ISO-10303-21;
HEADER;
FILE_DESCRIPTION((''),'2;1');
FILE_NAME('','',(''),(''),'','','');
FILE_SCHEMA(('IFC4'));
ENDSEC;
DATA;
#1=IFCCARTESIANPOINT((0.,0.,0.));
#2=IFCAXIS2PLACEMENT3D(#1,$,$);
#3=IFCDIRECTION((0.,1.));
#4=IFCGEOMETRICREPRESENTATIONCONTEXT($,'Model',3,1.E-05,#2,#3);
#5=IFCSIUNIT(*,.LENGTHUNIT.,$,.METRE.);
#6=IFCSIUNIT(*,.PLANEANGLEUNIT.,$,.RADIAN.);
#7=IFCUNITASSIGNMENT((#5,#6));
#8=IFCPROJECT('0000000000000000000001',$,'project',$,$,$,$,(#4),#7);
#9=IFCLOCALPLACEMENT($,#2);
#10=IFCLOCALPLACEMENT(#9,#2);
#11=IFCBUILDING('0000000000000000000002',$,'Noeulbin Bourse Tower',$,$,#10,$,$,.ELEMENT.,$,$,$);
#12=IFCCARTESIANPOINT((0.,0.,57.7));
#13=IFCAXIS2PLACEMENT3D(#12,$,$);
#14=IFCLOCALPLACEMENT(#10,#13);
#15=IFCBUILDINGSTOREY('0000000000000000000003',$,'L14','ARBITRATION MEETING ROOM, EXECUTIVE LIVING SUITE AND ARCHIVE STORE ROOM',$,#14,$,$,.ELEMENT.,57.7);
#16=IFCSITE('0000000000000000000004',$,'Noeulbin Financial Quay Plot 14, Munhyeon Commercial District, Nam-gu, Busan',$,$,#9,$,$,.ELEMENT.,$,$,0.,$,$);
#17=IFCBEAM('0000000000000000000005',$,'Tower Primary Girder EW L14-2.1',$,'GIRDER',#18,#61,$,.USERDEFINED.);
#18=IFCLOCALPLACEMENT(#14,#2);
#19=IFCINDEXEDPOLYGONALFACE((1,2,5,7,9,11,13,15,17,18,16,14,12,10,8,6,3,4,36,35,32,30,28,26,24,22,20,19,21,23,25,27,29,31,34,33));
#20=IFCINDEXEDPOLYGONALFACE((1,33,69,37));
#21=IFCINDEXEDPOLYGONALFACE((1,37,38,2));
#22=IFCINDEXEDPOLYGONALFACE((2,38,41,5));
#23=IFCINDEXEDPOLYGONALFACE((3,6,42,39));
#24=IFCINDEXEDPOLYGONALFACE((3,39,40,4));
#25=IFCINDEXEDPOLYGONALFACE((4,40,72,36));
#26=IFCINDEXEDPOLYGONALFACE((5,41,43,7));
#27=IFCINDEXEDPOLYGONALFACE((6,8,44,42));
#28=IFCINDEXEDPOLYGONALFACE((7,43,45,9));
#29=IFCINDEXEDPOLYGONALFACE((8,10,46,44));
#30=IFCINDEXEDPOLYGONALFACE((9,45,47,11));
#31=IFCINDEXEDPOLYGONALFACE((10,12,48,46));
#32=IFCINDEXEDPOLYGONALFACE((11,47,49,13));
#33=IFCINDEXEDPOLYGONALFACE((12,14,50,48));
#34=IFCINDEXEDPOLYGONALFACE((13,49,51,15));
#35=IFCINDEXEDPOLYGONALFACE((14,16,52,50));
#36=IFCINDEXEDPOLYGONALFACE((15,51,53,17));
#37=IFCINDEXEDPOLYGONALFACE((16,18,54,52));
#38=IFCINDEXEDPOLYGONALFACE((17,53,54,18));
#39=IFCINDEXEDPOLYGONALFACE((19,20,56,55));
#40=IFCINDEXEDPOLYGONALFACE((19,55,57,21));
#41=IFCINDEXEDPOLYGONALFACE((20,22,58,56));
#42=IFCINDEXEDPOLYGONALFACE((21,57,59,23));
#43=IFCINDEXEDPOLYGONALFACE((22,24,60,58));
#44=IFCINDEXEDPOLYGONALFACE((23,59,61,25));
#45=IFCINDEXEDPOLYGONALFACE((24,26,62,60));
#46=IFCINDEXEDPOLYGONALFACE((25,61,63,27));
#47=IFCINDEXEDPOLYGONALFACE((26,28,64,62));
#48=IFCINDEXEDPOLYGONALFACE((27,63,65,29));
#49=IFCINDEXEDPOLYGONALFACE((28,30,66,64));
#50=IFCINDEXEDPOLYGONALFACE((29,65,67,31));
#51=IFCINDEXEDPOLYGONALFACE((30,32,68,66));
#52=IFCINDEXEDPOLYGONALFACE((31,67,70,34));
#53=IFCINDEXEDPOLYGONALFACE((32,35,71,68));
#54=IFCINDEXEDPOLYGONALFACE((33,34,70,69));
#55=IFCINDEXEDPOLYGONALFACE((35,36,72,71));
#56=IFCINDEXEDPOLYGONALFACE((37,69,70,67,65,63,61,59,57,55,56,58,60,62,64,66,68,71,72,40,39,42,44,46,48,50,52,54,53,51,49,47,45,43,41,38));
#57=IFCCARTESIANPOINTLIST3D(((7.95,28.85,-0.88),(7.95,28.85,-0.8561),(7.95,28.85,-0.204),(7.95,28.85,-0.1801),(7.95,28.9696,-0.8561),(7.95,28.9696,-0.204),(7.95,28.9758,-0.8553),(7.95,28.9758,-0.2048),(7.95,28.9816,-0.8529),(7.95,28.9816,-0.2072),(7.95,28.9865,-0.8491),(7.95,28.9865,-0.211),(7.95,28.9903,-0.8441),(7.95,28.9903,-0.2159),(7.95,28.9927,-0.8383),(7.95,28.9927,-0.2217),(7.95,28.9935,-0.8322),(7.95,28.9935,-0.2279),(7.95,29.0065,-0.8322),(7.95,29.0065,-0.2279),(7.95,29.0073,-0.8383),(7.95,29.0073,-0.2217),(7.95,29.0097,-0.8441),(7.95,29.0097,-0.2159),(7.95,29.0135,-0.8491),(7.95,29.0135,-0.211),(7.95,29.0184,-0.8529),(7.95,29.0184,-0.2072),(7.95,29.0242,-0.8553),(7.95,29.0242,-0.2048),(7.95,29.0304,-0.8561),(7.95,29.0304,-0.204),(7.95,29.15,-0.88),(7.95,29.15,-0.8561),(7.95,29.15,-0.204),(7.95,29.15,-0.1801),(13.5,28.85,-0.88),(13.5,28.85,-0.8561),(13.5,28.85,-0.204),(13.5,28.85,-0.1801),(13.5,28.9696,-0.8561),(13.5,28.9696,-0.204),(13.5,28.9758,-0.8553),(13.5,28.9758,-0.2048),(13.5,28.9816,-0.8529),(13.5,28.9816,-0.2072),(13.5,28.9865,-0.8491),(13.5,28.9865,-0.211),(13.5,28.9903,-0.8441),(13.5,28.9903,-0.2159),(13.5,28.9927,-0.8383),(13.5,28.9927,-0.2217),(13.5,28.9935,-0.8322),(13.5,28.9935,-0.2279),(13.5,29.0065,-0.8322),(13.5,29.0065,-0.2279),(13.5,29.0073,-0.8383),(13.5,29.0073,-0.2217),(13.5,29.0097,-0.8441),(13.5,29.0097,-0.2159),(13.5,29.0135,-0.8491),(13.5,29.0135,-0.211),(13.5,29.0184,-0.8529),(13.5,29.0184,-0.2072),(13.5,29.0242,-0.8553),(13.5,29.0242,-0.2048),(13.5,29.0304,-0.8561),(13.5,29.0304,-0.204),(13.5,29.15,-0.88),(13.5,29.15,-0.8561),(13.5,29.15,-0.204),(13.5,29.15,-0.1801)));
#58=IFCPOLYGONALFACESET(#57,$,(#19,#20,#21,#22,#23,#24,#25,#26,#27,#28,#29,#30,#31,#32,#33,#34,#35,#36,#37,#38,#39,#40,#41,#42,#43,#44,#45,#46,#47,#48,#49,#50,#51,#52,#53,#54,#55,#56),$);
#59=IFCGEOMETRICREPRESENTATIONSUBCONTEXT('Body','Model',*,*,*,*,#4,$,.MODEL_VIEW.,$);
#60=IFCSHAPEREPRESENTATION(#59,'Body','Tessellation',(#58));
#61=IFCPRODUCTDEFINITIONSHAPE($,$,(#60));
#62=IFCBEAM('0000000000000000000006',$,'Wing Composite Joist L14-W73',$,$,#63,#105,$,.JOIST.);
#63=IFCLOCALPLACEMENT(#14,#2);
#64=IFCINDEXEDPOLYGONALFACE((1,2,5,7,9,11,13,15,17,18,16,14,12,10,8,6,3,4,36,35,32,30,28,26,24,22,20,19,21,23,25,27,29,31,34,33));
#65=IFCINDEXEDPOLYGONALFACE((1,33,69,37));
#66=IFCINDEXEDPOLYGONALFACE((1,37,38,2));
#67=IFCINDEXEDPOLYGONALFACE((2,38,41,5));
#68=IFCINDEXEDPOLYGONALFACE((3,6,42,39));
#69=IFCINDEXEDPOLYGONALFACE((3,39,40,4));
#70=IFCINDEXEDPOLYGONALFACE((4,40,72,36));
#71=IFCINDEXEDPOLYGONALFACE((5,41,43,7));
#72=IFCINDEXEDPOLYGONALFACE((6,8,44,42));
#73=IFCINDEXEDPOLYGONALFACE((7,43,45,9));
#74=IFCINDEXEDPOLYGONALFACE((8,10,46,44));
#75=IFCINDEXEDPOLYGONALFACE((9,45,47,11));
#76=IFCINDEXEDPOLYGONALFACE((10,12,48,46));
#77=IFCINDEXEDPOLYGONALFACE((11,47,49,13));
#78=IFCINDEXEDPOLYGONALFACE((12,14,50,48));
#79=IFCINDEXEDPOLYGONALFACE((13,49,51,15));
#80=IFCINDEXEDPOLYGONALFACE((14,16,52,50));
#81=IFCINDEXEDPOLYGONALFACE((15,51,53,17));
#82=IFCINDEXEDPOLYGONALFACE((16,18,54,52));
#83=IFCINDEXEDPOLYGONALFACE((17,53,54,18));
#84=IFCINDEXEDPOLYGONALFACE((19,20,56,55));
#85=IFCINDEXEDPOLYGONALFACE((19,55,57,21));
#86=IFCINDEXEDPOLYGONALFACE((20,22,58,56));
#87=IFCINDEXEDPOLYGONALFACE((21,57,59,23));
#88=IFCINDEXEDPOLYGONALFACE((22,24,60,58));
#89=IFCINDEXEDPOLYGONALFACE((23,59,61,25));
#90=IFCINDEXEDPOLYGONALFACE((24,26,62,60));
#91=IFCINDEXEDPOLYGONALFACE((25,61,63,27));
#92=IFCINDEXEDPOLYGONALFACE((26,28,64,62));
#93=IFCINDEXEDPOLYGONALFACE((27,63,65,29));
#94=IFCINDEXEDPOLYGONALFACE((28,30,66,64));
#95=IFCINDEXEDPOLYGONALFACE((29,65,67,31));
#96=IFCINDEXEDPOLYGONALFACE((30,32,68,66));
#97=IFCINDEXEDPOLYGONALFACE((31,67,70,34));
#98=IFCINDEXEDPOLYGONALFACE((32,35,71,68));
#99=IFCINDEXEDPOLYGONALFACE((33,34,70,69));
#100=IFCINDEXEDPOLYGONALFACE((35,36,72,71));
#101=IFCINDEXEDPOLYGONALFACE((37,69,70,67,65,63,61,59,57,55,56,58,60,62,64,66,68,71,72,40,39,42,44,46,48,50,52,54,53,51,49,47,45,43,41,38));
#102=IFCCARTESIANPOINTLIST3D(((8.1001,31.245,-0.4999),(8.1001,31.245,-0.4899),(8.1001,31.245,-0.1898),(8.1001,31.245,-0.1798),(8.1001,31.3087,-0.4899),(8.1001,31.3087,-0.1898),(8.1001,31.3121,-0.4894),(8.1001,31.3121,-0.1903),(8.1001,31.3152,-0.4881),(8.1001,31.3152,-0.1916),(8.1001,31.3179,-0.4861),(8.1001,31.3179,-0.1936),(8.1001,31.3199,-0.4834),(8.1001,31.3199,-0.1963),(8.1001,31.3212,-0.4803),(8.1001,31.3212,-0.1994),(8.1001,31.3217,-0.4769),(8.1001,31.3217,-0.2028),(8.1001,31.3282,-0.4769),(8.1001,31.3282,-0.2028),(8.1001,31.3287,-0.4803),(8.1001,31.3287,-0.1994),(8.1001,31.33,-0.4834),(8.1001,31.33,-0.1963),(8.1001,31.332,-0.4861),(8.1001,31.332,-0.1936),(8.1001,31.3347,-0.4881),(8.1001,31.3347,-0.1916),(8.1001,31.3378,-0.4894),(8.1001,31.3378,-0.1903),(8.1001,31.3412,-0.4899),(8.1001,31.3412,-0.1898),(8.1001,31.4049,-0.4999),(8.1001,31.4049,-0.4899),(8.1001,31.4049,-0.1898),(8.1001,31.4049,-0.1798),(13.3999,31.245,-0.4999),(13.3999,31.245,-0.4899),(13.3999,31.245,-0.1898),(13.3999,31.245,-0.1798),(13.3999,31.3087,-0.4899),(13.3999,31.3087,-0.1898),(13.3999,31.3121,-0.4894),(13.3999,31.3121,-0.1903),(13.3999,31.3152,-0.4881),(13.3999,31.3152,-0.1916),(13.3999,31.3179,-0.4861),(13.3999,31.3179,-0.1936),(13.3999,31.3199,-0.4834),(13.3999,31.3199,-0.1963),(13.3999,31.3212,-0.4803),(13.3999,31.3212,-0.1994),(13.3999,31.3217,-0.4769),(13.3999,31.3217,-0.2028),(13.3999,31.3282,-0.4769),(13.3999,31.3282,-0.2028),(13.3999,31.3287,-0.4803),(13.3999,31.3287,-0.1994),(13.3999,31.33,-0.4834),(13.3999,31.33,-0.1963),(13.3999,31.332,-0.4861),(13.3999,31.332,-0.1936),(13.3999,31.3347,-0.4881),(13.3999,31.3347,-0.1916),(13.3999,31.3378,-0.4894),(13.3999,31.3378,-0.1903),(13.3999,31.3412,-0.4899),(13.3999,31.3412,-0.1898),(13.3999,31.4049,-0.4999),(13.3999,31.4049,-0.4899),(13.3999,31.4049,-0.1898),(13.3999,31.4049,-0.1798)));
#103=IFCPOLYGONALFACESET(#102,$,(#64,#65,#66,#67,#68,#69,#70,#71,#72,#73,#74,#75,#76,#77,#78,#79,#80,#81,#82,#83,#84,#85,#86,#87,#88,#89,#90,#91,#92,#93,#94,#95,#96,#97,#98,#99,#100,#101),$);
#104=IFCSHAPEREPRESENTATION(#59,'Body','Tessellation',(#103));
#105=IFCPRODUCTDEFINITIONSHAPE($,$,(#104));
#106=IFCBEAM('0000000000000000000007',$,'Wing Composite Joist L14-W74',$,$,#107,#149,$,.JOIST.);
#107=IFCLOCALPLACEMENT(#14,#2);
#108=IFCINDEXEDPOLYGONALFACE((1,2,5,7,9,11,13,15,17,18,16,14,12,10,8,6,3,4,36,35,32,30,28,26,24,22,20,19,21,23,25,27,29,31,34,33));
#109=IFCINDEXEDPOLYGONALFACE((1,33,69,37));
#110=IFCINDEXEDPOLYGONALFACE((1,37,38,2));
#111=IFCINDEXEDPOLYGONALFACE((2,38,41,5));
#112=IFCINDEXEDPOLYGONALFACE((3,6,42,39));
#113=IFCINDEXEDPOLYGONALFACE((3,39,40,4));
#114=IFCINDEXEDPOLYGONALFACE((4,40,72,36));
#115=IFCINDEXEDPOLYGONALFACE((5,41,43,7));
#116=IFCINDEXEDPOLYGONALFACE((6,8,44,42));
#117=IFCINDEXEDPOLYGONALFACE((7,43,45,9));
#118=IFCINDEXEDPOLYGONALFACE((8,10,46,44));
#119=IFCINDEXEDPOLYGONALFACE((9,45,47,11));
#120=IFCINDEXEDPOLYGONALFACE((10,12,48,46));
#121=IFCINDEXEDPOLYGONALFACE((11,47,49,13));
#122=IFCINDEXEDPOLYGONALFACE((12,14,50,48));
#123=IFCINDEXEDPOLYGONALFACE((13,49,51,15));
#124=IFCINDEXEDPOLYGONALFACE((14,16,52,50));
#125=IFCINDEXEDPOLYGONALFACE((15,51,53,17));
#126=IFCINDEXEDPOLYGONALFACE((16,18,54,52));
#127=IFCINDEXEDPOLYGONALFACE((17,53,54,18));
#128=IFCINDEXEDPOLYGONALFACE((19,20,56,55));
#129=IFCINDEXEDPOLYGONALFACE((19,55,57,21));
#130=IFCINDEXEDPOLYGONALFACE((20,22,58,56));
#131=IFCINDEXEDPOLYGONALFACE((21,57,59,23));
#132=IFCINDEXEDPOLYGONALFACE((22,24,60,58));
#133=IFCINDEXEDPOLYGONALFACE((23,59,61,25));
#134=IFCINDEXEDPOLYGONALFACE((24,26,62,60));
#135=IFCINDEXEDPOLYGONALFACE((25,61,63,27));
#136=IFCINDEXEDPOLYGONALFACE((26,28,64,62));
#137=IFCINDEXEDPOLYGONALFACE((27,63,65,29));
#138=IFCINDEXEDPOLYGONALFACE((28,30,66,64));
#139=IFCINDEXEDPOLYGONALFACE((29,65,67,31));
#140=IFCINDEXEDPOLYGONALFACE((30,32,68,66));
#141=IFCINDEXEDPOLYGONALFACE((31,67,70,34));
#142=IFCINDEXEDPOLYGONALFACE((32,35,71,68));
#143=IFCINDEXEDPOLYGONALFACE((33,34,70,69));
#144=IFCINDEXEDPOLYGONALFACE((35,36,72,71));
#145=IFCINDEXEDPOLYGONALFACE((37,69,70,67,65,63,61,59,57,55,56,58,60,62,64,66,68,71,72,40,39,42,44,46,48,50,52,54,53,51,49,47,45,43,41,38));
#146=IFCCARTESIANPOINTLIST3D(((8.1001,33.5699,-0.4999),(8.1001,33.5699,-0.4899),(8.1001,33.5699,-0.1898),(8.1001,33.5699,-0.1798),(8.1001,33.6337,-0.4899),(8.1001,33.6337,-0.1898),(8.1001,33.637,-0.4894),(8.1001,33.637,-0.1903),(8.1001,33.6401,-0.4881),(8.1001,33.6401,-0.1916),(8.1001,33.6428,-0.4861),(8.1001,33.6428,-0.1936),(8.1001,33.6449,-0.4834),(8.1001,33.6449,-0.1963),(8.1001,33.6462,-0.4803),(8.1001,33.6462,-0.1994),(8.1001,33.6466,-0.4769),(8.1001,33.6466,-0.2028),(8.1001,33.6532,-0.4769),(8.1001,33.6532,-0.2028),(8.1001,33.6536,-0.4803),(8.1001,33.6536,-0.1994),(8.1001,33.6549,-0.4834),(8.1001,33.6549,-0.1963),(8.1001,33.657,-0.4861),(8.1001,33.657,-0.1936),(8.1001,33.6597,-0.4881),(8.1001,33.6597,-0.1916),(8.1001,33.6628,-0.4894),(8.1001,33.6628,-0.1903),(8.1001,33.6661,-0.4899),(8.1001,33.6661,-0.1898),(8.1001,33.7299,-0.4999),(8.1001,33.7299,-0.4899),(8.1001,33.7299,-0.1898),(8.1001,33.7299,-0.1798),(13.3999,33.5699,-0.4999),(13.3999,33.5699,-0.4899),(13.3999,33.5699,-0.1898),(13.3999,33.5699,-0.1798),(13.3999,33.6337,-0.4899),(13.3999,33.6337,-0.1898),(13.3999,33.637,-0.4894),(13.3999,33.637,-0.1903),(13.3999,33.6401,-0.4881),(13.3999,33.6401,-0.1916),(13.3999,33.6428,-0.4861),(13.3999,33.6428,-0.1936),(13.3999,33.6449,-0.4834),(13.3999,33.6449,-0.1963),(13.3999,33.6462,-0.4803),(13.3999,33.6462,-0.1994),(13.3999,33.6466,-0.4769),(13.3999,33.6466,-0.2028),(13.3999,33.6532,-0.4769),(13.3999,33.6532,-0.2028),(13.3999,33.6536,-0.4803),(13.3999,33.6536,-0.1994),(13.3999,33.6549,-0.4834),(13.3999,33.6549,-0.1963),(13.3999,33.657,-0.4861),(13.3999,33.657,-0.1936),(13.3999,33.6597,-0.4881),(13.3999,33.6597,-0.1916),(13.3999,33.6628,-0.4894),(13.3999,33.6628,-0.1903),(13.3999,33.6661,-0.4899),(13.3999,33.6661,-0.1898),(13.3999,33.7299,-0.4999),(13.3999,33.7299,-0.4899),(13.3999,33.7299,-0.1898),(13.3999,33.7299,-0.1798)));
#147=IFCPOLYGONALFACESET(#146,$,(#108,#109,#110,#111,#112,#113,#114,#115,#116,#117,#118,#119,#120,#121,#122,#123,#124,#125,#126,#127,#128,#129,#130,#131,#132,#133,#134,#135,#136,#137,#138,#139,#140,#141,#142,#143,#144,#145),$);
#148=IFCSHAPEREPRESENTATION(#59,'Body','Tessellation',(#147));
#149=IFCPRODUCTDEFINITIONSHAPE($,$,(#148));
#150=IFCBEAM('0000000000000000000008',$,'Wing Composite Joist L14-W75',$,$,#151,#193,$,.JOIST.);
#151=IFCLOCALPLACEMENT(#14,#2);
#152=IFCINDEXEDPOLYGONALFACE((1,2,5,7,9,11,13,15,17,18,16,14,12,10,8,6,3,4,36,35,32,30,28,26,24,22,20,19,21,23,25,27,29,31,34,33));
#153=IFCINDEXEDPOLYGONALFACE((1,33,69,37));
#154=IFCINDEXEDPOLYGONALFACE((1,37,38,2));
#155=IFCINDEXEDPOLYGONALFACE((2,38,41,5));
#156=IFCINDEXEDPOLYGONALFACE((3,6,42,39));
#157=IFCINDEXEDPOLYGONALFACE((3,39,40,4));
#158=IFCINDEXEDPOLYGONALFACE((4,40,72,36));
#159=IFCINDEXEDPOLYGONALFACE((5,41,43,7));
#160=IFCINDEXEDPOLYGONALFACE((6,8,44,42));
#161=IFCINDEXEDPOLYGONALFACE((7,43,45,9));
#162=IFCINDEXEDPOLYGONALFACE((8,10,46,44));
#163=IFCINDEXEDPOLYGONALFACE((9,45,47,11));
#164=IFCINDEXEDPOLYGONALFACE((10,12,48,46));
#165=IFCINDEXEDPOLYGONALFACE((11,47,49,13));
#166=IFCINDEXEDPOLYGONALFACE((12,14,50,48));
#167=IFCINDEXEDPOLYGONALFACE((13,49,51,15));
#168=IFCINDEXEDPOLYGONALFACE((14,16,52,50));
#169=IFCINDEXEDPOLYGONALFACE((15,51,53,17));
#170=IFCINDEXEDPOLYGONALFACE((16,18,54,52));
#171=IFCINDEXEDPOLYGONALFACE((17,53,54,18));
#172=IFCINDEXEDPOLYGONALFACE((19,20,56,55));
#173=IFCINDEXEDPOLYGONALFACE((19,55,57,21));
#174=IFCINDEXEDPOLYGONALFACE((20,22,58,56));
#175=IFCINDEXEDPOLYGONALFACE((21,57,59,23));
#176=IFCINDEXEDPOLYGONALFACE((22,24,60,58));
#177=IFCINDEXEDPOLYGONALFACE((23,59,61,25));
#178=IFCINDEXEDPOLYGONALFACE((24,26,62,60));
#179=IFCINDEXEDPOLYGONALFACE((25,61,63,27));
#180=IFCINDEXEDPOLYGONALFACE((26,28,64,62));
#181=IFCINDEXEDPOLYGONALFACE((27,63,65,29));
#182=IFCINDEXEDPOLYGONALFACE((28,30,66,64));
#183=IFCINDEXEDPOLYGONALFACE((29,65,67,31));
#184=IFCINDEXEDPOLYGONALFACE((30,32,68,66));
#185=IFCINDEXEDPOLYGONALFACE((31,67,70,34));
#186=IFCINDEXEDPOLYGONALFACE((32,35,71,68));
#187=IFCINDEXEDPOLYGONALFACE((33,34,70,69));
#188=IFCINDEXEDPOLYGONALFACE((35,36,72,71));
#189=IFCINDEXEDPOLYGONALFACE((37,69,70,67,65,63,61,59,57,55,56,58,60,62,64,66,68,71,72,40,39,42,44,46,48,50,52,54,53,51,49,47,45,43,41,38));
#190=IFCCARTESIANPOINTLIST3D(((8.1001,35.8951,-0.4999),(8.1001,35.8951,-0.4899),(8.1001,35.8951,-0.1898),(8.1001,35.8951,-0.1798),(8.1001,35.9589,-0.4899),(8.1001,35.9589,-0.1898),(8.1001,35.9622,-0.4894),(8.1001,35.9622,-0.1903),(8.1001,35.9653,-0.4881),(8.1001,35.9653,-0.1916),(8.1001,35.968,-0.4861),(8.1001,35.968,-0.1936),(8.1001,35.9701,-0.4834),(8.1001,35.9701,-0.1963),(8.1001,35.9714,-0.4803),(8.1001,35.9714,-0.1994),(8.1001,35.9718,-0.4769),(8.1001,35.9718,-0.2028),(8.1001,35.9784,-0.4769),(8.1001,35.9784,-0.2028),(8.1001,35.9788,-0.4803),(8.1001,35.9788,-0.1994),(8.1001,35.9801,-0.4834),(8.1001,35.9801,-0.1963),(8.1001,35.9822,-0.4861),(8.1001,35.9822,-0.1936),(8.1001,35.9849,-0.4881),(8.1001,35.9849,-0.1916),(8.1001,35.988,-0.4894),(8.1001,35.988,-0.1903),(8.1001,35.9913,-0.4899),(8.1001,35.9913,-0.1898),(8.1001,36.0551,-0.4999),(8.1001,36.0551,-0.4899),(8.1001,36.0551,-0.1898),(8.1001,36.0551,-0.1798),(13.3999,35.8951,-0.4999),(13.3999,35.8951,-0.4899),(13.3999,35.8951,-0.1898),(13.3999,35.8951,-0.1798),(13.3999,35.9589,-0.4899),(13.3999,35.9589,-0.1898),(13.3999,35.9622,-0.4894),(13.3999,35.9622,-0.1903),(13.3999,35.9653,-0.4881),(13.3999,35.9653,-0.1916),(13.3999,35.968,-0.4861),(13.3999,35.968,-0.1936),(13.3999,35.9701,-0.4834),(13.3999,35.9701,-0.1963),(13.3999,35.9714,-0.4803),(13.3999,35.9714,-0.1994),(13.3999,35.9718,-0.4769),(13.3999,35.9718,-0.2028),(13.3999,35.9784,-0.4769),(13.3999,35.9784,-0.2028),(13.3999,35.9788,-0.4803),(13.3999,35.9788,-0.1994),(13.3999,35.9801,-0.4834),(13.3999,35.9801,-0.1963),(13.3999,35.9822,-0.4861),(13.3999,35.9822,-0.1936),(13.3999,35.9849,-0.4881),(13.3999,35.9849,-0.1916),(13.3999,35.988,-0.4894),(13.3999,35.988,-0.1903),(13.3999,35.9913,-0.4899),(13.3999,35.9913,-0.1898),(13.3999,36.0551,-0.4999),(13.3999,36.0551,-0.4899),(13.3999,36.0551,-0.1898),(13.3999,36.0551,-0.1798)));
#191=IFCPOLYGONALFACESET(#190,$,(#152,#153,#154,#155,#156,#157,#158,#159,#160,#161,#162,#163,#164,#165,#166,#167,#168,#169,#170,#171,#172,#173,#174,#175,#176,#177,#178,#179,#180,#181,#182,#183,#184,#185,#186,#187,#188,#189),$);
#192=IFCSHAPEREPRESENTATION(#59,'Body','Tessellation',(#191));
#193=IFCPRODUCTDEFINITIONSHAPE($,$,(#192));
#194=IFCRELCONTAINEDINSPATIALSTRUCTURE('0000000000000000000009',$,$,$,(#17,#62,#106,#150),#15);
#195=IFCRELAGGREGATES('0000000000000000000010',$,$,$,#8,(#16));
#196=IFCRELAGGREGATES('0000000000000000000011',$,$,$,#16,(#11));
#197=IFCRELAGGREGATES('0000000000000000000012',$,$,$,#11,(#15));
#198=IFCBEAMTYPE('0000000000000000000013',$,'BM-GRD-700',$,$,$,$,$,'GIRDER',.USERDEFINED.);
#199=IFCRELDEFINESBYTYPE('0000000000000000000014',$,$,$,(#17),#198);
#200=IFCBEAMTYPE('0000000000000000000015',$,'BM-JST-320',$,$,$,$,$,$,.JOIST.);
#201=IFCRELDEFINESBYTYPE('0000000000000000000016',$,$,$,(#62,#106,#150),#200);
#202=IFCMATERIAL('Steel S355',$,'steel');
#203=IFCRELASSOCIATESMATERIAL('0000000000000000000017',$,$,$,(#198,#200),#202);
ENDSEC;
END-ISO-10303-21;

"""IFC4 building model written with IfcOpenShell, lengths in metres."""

from ifc_helpers import new_model, si_unit, direction, frame, origin, origin_2d, place, context, subcontext, project, spatial, i_section, extrude, material, material_profile, profile_set, type_object, element, save


model = new_model("IFC4")

# Units and contexts
model_context = context("Model", 3, precision=1e-05, world=origin(), true_north=direction((0.0, 1.0)))
body_context = subcontext(model_context, "Body", "Model", "MODEL_VIEW")
ifc_project = project(units=[si_unit("LENGTHUNIT", "METRE"), si_unit("PLANEANGLEUNIT", "RADIAN")], contexts=[model_context])

# Site, building, storey
site_placement = place(None, origin())
site = spatial("IfcSite", under=ifc_project, at=site_placement, Name="Noeulbin Financial Quay Plot 14, Munhyeon Commercial District, Nam-gu, Busan", CompositionType="ELEMENT", RefElevation=0.0)
building_placement = place(site_placement, origin())
building = spatial("IfcBuilding", under=site, at=building_placement, Name="Noeulbin Bourse Tower", CompositionType="ELEMENT")
storey_placement = place(building_placement, frame((0.0, 0.0, 57.7)))
storey = spatial("IfcBuildingStorey", under=building, at=storey_placement, Name="L14", Description="ARBITRATION MEETING ROOM, EXECUTIVE LIVING SUITE AND ARCHIVE STORE ROOM", CompositionType="ELEMENT", Elevation=57.7)

# Beams
ifc_material_1 = material(Name="Steel S355", Category="steel")
ifc_material_profile_1 = material_profile(ifc_material_1, i_section(OverallWidth=0.3, OverallDepth=0.7, WebThickness=0.0129, FlangeThickness=0.0239, FilletRadius=0.0239, at=origin_2d()), Name="H-700x300x13x24", Category="LoadBearing")
ifc_profile_set_1 = profile_set([ifc_material_profile_1], Name="Steel S355")
beam_type_1 = type_object("IfcBeamType", Name="BM-GRD-700", ElementType="GIRDER", PredefinedType="USERDEFINED", material=ifc_profile_set_1)
beam_1_placement = place(storey_placement, frame((7.95, 29.0, -0.53), z_axis=(1.0, 0.0, 0.0), x_axis=(0.0, 1.0, 0.0)))
element("IfcBeam", 1, at=beam_1_placement, inside=storey, type_object=beam_type_1, Name="Tower Primary Girder EW L14-2.1", ObjectType="GIRDER", PredefinedType="USERDEFINED", context=body_context, shape_type="SweptSolid", body=[
    extrude(i_section(OverallWidth=0.3, OverallDepth=0.7, WebThickness=0.0129, FlangeThickness=0.0239, FilletRadius=0.0239, at=origin_2d()), origin(), (0.0, 0.0, 1.0), 5.55),
])
ifc_material_profile_2 = material_profile(ifc_material_1, i_section(OverallWidth=0.1599, OverallDepth=0.3201, WebThickness=0.0066, FlangeThickness=0.01, FilletRadius=0.0129, at=origin_2d()), Name="H-320x160x6.5x10", Category="LoadBearing")
ifc_profile_set_2 = profile_set([ifc_material_profile_2], Name="Steel S355")
beam_type_2 = type_object("IfcBeamType", Name="BM-JST-320", PredefinedType="JOIST", material=ifc_profile_set_2)
for number, where, z_axis, x_axis, name in (
    (2, (8.1001, 31.325, -0.3398), (1.0, 0.0, 0.0), (0.0, 1.0, 0.0), "Wing Composite Joist L14-W73"),
    (3, (8.1001, 33.6499, -0.3398), (1.0, 0.0, 0.0), (0.0, 1.0, 0.0), "Wing Composite Joist L14-W74"),
    (4, (8.1001, 35.9751, -0.3398), (1.0, 0.0, 0.0), (0.0, 1.0, 0.0), "Wing Composite Joist L14-W75"),
):
    element("IfcBeam", number, at=place(storey_placement, frame(where, z_axis=z_axis, x_axis=x_axis)), inside=storey, type_object=beam_type_2, Name=name, PredefinedType="JOIST", context=body_context, shape_type="SweptSolid", body=[
        extrude(i_section(OverallWidth=0.1599, OverallDepth=0.3201, WebThickness=0.0066, FlangeThickness=0.01, FilletRadius=0.0129, at=origin_2d()), origin(), (0.0, 0.0, 1.0), 5.2998),
    ])

save(model, "model.ifc")
